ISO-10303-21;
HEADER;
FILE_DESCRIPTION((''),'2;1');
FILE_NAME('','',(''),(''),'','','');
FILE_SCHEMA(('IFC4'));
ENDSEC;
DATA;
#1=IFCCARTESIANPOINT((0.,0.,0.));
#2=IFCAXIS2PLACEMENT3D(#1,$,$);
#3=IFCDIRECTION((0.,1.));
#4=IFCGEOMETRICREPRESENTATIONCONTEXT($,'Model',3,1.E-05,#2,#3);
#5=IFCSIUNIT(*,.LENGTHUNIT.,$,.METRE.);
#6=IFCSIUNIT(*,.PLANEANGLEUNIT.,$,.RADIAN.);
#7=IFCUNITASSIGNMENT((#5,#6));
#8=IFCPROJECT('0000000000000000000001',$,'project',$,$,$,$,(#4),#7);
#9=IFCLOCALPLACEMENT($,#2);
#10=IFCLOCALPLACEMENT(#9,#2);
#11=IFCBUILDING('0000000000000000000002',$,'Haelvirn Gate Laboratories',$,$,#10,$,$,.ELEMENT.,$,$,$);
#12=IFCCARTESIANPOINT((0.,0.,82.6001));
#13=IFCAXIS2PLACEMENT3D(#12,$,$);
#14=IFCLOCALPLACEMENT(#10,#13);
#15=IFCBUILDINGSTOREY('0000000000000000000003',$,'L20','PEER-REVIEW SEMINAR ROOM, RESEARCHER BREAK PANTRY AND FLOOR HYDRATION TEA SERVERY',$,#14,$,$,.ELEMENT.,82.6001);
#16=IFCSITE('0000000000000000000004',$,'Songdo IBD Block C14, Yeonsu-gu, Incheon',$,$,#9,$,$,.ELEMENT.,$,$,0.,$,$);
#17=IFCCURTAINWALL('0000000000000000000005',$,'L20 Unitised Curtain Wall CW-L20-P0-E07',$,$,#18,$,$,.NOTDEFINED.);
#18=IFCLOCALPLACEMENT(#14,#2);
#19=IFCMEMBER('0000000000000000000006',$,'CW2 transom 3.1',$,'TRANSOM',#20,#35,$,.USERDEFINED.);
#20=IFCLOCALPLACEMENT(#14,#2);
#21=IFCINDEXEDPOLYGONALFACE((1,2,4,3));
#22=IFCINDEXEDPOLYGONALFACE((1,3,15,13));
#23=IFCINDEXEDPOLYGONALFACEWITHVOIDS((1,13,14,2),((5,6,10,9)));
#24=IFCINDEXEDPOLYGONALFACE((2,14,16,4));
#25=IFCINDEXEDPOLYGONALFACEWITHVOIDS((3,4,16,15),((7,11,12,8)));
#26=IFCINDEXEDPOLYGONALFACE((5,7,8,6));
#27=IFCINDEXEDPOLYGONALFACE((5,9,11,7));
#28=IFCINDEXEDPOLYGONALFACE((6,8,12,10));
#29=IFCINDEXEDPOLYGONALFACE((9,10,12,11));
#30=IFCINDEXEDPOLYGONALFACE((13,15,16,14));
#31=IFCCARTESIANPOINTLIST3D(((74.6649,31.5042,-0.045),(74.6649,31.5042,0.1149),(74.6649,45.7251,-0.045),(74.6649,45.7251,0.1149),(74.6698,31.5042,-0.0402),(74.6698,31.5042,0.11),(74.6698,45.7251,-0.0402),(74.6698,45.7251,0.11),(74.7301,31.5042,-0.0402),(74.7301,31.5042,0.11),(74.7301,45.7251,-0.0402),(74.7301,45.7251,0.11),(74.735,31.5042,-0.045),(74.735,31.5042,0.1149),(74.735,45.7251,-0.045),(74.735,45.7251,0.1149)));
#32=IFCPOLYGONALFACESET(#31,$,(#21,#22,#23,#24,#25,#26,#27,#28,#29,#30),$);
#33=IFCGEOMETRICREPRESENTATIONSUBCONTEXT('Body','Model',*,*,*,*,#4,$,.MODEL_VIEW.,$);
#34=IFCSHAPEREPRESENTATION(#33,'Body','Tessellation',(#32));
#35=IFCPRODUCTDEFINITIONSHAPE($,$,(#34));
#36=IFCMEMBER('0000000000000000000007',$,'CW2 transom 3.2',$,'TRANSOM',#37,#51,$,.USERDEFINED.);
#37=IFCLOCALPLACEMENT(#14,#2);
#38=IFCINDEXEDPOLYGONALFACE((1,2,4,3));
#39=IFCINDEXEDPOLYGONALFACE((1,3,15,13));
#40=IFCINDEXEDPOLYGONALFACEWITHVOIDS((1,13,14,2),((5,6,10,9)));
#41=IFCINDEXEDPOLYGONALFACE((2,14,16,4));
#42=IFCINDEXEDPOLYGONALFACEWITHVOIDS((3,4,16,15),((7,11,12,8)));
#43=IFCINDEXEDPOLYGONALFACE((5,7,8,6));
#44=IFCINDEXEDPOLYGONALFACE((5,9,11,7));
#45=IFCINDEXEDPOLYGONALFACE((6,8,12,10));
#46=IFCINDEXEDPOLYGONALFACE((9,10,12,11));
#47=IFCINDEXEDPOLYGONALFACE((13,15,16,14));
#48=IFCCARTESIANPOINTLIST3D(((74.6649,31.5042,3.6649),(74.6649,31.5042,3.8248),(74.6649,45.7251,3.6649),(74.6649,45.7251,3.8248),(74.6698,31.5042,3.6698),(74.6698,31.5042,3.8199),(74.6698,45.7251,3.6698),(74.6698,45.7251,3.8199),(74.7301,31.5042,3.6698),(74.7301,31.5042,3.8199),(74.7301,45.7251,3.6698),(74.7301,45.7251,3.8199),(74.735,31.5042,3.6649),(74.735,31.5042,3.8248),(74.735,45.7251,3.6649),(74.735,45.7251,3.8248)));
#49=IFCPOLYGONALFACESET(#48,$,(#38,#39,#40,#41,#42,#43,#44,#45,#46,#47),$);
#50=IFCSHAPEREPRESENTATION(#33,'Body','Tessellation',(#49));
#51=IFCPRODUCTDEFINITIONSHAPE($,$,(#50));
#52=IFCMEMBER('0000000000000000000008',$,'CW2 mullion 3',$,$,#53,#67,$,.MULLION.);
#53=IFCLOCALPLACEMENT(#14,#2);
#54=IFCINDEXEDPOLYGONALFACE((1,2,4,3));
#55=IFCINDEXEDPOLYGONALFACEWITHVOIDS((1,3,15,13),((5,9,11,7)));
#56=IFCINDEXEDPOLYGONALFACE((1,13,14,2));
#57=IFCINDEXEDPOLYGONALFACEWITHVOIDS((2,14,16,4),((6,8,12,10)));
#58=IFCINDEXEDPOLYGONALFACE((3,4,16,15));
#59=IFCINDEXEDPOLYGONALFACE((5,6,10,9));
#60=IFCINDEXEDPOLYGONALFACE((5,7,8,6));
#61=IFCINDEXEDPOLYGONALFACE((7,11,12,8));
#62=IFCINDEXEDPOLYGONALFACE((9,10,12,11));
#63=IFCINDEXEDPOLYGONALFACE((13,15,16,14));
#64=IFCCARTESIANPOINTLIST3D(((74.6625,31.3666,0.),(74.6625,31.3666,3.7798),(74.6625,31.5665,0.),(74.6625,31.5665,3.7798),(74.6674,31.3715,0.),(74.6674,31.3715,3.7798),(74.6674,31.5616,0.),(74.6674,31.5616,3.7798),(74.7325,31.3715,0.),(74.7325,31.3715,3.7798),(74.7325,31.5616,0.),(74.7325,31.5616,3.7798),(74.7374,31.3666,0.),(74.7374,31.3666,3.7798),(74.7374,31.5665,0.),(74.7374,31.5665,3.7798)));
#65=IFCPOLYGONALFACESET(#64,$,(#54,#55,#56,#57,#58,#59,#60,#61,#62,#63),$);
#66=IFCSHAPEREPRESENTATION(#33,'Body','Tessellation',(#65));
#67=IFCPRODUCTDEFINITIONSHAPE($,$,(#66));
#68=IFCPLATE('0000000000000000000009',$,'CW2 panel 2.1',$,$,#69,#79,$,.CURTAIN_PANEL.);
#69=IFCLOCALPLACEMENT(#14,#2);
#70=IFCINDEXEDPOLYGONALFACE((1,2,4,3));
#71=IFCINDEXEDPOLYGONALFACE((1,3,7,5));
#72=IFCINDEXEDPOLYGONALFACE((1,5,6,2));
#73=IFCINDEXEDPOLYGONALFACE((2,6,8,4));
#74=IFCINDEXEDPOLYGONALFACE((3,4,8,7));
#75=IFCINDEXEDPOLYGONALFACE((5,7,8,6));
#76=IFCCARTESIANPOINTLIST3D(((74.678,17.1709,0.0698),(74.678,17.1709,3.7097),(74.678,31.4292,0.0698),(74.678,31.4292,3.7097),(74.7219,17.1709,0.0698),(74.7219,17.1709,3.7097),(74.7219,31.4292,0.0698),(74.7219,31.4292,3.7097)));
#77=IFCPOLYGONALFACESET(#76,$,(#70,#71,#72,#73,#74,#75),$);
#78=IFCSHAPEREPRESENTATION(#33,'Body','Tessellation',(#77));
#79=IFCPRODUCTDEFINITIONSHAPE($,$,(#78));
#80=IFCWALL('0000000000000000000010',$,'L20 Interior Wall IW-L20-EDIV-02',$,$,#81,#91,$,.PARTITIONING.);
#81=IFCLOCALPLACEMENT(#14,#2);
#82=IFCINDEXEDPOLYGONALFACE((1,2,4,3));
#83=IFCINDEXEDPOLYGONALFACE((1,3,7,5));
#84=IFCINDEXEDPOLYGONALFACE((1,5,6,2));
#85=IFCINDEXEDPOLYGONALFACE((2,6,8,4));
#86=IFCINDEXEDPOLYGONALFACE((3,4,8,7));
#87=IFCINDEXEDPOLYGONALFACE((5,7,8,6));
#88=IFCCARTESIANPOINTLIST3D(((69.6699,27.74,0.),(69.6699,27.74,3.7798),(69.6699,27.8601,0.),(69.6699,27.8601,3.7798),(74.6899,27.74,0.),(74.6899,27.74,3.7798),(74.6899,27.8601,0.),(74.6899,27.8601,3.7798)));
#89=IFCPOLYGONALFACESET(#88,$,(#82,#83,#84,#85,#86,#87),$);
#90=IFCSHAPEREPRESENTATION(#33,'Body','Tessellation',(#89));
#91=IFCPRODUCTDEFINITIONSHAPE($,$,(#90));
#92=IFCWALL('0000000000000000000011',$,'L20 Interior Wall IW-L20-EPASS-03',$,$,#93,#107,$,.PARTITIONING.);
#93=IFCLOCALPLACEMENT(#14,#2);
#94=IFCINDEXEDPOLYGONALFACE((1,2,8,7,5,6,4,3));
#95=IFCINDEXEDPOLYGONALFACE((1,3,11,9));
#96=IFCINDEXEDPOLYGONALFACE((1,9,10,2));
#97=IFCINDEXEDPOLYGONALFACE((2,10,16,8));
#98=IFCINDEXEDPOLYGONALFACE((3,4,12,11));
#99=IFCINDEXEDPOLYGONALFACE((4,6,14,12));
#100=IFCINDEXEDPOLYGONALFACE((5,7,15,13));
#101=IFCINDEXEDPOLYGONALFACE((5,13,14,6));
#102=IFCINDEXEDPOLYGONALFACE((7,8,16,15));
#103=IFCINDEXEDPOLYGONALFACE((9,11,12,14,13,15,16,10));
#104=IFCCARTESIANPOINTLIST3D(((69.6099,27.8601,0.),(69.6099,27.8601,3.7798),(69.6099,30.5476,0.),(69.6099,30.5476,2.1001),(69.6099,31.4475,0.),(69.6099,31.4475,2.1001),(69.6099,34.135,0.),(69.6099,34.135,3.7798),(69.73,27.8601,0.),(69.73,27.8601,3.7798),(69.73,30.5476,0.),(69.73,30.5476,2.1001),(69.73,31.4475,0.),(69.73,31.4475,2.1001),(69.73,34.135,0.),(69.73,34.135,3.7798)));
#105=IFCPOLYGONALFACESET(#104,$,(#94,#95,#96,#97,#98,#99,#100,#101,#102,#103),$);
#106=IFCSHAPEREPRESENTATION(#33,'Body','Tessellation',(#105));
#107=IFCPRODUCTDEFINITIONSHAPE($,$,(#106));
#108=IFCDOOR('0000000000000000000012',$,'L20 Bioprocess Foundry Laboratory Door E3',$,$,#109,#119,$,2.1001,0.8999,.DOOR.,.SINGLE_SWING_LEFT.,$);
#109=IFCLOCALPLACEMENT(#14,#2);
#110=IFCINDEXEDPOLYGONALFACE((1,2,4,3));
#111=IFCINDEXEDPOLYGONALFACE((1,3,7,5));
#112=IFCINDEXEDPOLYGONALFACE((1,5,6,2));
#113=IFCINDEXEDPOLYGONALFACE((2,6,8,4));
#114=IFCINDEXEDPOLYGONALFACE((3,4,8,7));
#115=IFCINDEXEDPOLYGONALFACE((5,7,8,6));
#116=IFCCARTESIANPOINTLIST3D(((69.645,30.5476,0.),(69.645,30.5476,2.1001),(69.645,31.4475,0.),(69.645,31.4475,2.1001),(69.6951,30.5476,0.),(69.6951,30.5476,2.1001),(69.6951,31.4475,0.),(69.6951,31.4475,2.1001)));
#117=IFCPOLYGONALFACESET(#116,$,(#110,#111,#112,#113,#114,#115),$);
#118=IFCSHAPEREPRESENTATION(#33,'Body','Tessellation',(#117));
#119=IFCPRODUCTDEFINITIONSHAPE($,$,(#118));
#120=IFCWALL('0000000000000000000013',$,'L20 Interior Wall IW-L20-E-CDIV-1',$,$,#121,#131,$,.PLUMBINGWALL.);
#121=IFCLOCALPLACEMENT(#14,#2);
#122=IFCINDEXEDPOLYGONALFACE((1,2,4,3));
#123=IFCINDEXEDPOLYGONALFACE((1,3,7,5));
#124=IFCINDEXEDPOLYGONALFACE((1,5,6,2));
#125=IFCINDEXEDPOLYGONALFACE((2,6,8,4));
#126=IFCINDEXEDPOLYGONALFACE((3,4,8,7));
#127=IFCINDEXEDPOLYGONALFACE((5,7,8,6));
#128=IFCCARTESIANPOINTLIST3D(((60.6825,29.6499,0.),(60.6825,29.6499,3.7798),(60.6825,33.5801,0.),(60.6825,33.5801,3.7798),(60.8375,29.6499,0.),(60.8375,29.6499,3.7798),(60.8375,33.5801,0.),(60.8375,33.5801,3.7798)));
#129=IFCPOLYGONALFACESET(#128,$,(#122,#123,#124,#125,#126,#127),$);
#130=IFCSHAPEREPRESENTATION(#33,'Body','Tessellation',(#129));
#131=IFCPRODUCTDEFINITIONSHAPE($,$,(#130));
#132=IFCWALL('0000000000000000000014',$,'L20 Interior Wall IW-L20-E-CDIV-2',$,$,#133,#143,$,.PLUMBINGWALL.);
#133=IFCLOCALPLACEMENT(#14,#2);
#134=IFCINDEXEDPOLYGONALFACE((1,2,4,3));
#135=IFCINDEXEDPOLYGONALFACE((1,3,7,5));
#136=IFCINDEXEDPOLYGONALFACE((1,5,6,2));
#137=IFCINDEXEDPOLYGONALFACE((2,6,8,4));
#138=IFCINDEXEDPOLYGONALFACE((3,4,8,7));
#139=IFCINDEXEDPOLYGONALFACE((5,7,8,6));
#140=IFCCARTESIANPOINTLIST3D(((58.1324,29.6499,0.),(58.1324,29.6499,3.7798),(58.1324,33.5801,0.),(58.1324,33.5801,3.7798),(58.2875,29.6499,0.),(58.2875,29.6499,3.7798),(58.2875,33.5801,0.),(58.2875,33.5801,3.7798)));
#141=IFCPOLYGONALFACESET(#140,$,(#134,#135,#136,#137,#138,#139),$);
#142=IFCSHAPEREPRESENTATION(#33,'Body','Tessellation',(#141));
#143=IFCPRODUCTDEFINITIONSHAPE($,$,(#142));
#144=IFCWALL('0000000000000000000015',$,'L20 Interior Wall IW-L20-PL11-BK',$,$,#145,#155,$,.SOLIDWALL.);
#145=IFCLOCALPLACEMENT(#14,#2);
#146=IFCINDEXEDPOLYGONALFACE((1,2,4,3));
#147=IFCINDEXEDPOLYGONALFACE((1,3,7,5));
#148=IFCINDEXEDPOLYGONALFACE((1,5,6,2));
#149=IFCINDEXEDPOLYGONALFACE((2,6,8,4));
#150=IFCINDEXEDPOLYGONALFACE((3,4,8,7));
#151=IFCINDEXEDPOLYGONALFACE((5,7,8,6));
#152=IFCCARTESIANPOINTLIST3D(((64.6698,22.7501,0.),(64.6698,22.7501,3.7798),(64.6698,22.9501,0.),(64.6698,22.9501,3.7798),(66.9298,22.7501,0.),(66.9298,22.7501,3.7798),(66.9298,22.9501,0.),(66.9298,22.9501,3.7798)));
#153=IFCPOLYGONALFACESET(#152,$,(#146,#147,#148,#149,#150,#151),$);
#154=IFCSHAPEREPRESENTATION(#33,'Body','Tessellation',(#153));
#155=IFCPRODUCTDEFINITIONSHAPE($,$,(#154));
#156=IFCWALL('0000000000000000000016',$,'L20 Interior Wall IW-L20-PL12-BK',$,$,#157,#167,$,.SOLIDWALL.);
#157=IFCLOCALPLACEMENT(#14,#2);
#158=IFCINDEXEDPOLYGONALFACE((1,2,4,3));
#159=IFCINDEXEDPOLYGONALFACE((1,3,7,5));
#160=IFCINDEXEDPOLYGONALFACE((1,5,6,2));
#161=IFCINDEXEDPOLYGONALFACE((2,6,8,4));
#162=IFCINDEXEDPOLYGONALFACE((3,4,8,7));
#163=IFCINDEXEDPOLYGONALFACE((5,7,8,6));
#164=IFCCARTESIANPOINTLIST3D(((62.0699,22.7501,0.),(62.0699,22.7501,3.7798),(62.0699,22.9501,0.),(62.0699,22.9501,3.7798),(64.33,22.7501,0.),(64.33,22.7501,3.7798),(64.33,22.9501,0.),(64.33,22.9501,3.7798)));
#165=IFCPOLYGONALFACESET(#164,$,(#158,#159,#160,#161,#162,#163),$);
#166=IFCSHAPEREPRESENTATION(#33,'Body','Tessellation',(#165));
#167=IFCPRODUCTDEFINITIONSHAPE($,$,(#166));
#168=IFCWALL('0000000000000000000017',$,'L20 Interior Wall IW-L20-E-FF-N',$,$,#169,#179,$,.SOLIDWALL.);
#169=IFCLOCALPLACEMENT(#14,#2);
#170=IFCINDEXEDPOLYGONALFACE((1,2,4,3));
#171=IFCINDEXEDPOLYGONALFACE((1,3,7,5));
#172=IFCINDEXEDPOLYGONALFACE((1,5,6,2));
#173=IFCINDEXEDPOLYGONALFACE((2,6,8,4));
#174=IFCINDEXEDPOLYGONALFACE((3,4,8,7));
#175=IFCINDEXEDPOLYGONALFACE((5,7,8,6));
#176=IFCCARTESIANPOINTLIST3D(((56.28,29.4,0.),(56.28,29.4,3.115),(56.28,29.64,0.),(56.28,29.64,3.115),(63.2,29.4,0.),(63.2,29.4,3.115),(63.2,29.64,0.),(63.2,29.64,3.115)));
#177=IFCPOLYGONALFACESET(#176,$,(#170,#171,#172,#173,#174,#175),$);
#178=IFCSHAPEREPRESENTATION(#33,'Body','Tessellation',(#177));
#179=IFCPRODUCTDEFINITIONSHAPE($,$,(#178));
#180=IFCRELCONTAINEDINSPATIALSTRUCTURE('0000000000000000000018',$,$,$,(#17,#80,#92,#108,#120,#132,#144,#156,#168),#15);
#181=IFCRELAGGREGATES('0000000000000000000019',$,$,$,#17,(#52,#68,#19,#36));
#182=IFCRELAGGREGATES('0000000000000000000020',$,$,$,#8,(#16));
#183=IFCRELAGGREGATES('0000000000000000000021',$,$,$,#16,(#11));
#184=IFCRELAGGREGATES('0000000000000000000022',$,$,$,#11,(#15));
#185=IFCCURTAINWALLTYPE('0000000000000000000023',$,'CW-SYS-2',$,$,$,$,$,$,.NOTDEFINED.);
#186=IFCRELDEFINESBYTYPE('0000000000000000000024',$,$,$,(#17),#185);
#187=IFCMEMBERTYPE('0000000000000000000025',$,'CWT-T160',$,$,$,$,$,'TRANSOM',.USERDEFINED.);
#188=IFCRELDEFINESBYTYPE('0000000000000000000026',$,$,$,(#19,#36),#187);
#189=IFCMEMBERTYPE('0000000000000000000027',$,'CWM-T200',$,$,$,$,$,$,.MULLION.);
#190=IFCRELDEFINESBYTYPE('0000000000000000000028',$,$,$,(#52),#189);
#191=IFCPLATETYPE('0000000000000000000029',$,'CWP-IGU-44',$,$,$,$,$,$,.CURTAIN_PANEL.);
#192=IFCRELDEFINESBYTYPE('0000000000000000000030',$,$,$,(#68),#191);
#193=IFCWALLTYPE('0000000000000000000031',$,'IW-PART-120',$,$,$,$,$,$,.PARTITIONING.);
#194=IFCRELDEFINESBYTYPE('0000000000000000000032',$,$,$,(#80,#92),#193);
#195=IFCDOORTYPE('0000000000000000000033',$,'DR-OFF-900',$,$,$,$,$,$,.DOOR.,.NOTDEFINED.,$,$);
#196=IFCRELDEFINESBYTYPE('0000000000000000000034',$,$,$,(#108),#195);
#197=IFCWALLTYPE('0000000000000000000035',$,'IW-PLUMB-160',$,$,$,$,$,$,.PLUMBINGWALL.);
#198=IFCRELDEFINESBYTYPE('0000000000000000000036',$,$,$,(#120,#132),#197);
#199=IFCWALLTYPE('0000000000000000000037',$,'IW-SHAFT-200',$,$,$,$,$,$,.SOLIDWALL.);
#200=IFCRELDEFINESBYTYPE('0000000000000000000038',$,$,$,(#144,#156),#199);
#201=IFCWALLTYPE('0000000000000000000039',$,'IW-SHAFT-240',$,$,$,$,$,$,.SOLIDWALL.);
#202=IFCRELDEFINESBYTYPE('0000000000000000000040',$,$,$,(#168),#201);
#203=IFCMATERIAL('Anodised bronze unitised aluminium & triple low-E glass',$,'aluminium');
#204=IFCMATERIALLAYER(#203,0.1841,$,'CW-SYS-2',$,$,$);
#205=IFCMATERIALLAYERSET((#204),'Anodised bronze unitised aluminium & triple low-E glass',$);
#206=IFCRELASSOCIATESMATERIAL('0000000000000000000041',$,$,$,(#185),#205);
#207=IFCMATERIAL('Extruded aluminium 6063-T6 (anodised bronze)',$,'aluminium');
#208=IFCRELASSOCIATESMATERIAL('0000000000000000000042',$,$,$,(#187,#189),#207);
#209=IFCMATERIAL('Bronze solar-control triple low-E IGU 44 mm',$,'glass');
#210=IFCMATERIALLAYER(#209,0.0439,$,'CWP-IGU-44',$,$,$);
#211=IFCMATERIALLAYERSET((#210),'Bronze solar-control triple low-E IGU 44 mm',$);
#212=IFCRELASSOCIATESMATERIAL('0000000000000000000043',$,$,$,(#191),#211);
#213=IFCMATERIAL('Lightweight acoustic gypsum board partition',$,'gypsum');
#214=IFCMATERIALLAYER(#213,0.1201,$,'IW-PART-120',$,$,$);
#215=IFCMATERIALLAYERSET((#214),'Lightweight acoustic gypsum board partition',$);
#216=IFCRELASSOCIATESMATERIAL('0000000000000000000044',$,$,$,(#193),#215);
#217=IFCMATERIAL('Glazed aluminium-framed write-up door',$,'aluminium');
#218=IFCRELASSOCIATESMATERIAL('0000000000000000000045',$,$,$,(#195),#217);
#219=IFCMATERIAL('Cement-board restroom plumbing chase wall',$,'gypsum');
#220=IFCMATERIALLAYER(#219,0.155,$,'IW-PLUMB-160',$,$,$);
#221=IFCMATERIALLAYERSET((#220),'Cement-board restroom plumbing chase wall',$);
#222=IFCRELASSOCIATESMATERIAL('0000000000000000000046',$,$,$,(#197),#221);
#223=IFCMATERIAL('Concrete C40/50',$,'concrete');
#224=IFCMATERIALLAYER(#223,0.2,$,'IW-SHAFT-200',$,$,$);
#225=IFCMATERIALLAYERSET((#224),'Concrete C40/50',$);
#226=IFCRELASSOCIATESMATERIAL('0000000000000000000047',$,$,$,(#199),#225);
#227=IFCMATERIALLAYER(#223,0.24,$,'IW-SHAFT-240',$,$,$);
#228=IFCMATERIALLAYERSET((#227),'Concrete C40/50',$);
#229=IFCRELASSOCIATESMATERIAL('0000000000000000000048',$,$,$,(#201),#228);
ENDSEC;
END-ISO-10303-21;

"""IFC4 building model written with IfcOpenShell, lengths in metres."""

from ifc_helpers import new_model, si_unit, direction, frame, frame_2d, origin, origin_2d, place, context, subcontext, project, spatial, rectangle, hollow_rectangle, extrude, source, transform, mapped, material, layer, layer_set, material_profile, profile_set, type_object, type_shapes, element, fill, aggregate, save


model = new_model("IFC4")

# Units and contexts
model_context = context("Model", 3, precision=1e-05, world=origin(), true_north=direction((0.0, 1.0)))
body_context = subcontext(model_context, "Body", "Model", "MODEL_VIEW")
ifc_project = project(units=[si_unit("LENGTHUNIT", "METRE"), si_unit("PLANEANGLEUNIT", "RADIAN")], contexts=[model_context])

# Site, building, storey
site_placement = place(None, origin())
site = spatial("IfcSite", under=ifc_project, at=site_placement, Name="Songdo IBD Block C14, Yeonsu-gu, Incheon", CompositionType="ELEMENT", RefElevation=0.0)
building_placement = place(site_placement, origin())
building = spatial("IfcBuilding", under=site, at=building_placement, Name="Haelvirn Gate Laboratories", CompositionType="ELEMENT")
storey_placement = place(building_placement, frame((0.0, 0.0, 82.6001)))
storey = spatial("IfcBuildingStorey", under=building, at=storey_placement, Name="L20", Description="PEER-REVIEW SEMINAR ROOM, RESEARCHER BREAK PANTRY AND FLOOR HYDRATION TEA SERVERY", CompositionType="ELEMENT", Elevation=82.6001)

# Curtain wall, members, plate
ifc_material_1 = material(Name="Anodised bronze unitised aluminium & triple low-E glass", Category="aluminium")
ifc_layer_1 = layer(ifc_material_1, 0.1841, Name="CW-SYS-2")
ifc_layer_set_1 = layer_set([ifc_layer_1], Name="Anodised bronze unitised aluminium & triple low-E glass")
curtain_wall_type = type_object("IfcCurtainWallType", Name="CW-SYS-2", PredefinedType="NOTDEFINED", material=ifc_layer_set_1)
curtain_wall_placement = place(storey_placement, origin())
curtain_wall = element("IfcCurtainWall", 1, at=curtain_wall_placement, inside=storey, type_object=curtain_wall_type, Name="L20 Unitised Curtain Wall CW-L20-P0-E07", PredefinedType="NOTDEFINED")
ifc_material_2 = material(Name="Extruded aluminium 6063-T6 (anodised bronze)", Category="aluminium")
ifc_material_profile_1 = material_profile(ifc_material_2, hollow_rectangle(XDim=0.0701, YDim=0.1599, WallThickness=0.0049, at=origin_2d()), Name="CWT-160x70x5")
ifc_profile_set_1 = profile_set([ifc_material_profile_1], Name="Extruded aluminium 6063-T6 (anodised bronze)")
member_type_1 = type_object("IfcMemberType", Name="CWT-T160", ElementType="TRANSOM", PredefinedType="USERDEFINED", material=ifc_profile_set_1)
shared_shape_1 = source(origin(), body_context, "Body", "SweptSolid", [
    extrude(hollow_rectangle(XDim=0.0701, YDim=0.1599, WallThickness=0.0049, at=origin_2d()), origin(), (0.0, 0.0, 1.0), 14.2209),
])
type_shapes(member_type_1, [shared_shape_1])
member_1_placement = place(storey_placement, frame((74.7, 31.5042, 0.0349), z_axis=(0.0, 1.0, 0.0), x_axis=(-1.0, 0.0, 0.0)))
member_1 = element("IfcMember", 2, at=member_1_placement, type_object=member_type_1, Name="CW2 transom 3.1", ObjectType="TRANSOM", PredefinedType="USERDEFINED", context=body_context, shape_type="MappedRepresentation", body=[
    mapped(shared_shape_1, transform((0.0, 0.0, 0.0), scale=1.0)),
])
member_2_placement = place(storey_placement, frame((74.7, 31.5042, 3.7449), z_axis=(0.0, 1.0, 0.0), x_axis=(-1.0, 0.0, 0.0)))
member_2 = element("IfcMember", 3, at=member_2_placement, type_object=member_type_1, Name="CW2 transom 3.2", ObjectType="TRANSOM", PredefinedType="USERDEFINED", context=body_context, shape_type="MappedRepresentation", body=[
    mapped(shared_shape_1, transform((0.0, 0.0, 0.0), scale=1.0)),
])
ifc_material_profile_2 = material_profile(ifc_material_2, hollow_rectangle(XDim=0.075, YDim=0.2, WallThickness=0.0049, at=origin_2d()), Name="CWM-200x75x5")
ifc_profile_set_2 = profile_set([ifc_material_profile_2], Name="Extruded aluminium 6063-T6 (anodised bronze)")
member_type_2 = type_object("IfcMemberType", Name="CWM-T200", PredefinedType="MULLION", material=ifc_profile_set_2)
shared_shape_2 = source(origin(), body_context, "Body", "SweptSolid", [
    extrude(hollow_rectangle(XDim=0.075, YDim=0.2, WallThickness=0.0049, at=origin_2d()), origin(), (0.0, 0.0, 1.0), 3.7798),
])
type_shapes(member_type_2, [shared_shape_2])
member_3_placement = place(storey_placement, frame((74.7, 31.4666, 0.0), z_axis=(0.0, 0.0, 1.0), x_axis=(-1.0, 0.0, 0.0)))
member_3 = element("IfcMember", 4, at=member_3_placement, type_object=member_type_2, Name="CW2 mullion 3", PredefinedType="MULLION", context=body_context, shape_type="MappedRepresentation", body=[
    mapped(shared_shape_2, transform((0.0, 0.0, 0.0), scale=1.0)),
])
ifc_material_3 = material(Name="Bronze solar-control triple low-E IGU 44 mm", Category="glass")
ifc_layer_2 = layer(ifc_material_3, 0.0439, Name="CWP-IGU-44")
ifc_layer_set_2 = layer_set([ifc_layer_2], Name="Bronze solar-control triple low-E IGU 44 mm")
plate_type = type_object("IfcPlateType", Name="CWP-IGU-44", PredefinedType="CURTAIN_PANEL", material=ifc_layer_set_2)
shared_shape_3 = source(origin(), body_context, "Body", "SweptSolid", [
    extrude(rectangle(XDim=14.2583, YDim=0.0439, at=origin_2d()), origin(), (0.0, 0.0, 1.0), 3.6399),
])
type_shapes(plate_type, [shared_shape_3])
plate_placement = place(storey_placement, frame((74.7, 24.3, 0.0698), z_axis=(0.0, 0.0, 1.0), x_axis=(0.0, 1.0, 0.0)))
plate = element("IfcPlate", 5, at=plate_placement, type_object=plate_type, Name="CW2 panel 2.1", PredefinedType="CURTAIN_PANEL", context=body_context, shape_type="MappedRepresentation", body=[
    mapped(shared_shape_3, transform((0.0, 0.0, 0.0), scale=1.0)),
])
aggregate(curtain_wall, [member_3, plate, member_1, member_2])

# Wall
ifc_material_4 = material(Name="Lightweight acoustic gypsum board partition", Category="gypsum")
ifc_layer_3 = layer(ifc_material_4, 0.1201, Name="IW-PART-120")
ifc_layer_set_3 = layer_set([ifc_layer_3], Name="Lightweight acoustic gypsum board partition")
wall_type_1 = type_object("IfcWallType", Name="IW-PART-120", PredefinedType="PARTITIONING", material=ifc_layer_set_3)
wall_1_placement = place(storey_placement, frame((69.6699, 27.8, 0.0), z_axis=(0.0, 0.0, 1.0), x_axis=(1.0, 0.0, 0.0)))
element("IfcWall", 6, at=wall_1_placement, inside=storey, type_object=wall_type_1, Name="L20 Interior Wall IW-L20-EDIV-02", PredefinedType="PARTITIONING", context=body_context, shape_type="SweptSolid", body=[
    extrude(rectangle(XDim=5.02, YDim=0.1201, at=frame_2d((2.51, 0.0))), origin(), (0.0, 0.0, 1.0), 3.7798),
])

# Wall, opening, door
wall_2_placement = place(storey_placement, frame((69.6699, 27.8601, 0.0), z_axis=(0.0, 0.0, 1.0), x_axis=(0.0, 1.0, 0.0)))
wall_2 = element("IfcWall", 7, at=wall_2_placement, inside=storey, type_object=wall_type_1, Name="L20 Interior Wall IW-L20-EPASS-03", PredefinedType="PARTITIONING", context=body_context, shape_type="SweptSolid", body=[
    extrude(rectangle(XDim=6.2749, YDim=0.1201, at=frame_2d((3.1375, 0.0))), origin(), (0.0, 0.0, 1.0), 3.7798),
])
opening_1_placement = place(wall_2_placement, frame((2.6875, 0.0, 0.0)))
opening_1 = element("IfcOpeningElement", 8, at=opening_1_placement, cuts=wall_2, PredefinedType="OPENING", context=body_context, shape_type="SweptSolid", body=[
    extrude(rectangle(XDim=0.8999, YDim=2.1001, at=frame_2d((0.45, 1.05))), frame((0.0, 0.0701, 0.0), z_axis=(0.0, -1.0, 0.0), x_axis=(1.0, 0.0, 0.0)), (0.0, 0.0, 1.0), 0.1401),
])
ifc_material_5 = material(Name="Glazed aluminium-framed write-up door", Category="aluminium")
door_type_1 = type_object("IfcDoorType", Name="DR-OFF-900", OperationType="NOTDEFINED", PredefinedType="DOOR", material=ifc_material_5)
shared_shape_4 = source(origin(), body_context, "Body", "SweptSolid", [
    extrude(rectangle(XDim=0.8999, YDim=2.1001, at=frame_2d((0.45, 1.05))), frame((0.0, 0.0249, 0.0), z_axis=(0.0, -1.0, 0.0), x_axis=(1.0, 0.0, 0.0)), (0.0, 0.0, 1.0), 0.05),
])
type_shapes(door_type_1, [shared_shape_4])
door_1_placement = place(opening_1_placement, origin())
door_1 = element("IfcDoor", 9, at=door_1_placement, inside=storey, type_object=door_type_1, Name="L20 Bioprocess Foundry Laboratory Door E3", OperationType="SINGLE_SWING_LEFT", OverallHeight=2.1001, OverallWidth=0.8999, PredefinedType="DOOR", context=body_context, shape_type="MappedRepresentation", body=[
    mapped(shared_shape_4, transform((0.0, 0.0, 0.0), scale=1.0)),
])
fill(opening_1, door_1)

# Walls
ifc_material_6 = material(Name="Cement-board restroom plumbing chase wall", Category="gypsum")
ifc_layer_4 = layer(ifc_material_6, 0.155, Name="IW-PLUMB-160")
ifc_layer_set_4 = layer_set([ifc_layer_4], Name="Cement-board restroom plumbing chase wall")
wall_type_2 = type_object("IfcWallType", Name="IW-PLUMB-160", PredefinedType="PLUMBINGWALL", material=ifc_layer_set_4)
for number, where, z_axis, x_axis, name in (
    (10, (60.76, 29.6499, 0.0), (0.0, 0.0, 1.0), (0.0, 1.0, 0.0), "L20 Interior Wall IW-L20-E-CDIV-1"),
    (11, (58.21, 29.6499, 0.0), (0.0, 0.0, 1.0), (0.0, 1.0, 0.0), "L20 Interior Wall IW-L20-E-CDIV-2"),
):
    element("IfcWall", number, at=place(storey_placement, frame(where, z_axis=z_axis, x_axis=x_axis)), inside=storey, type_object=wall_type_2, Name=name, PredefinedType="PLUMBINGWALL", context=body_context, shape_type="SweptSolid", body=[
        extrude(rectangle(XDim=3.9302, YDim=0.155, at=frame_2d((1.9651, 0.0))), origin(), (0.0, 0.0, 1.0), 3.7798),
    ])
ifc_material_7 = material(Name="Concrete C40/50", Category="concrete")
ifc_layer_5 = layer(ifc_material_7, 0.2, Name="IW-SHAFT-200")
ifc_layer_set_5 = layer_set([ifc_layer_5], Name="Concrete C40/50")
wall_type_3 = type_object("IfcWallType", Name="IW-SHAFT-200", PredefinedType="SOLIDWALL", material=ifc_layer_set_5)
for number, where, z_axis, x_axis, name in (
    (12, (64.6699, 22.8501, 0.0), (0.0, 0.0, 1.0), (1.0, 0.0, 0.0), "L20 Interior Wall IW-L20-PL11-BK"),
    (13, (62.0701, 22.8501, 0.0), (0.0, 0.0, 1.0), (1.0, 0.0, 0.0), "L20 Interior Wall IW-L20-PL12-BK"),
):
    element("IfcWall", number, at=place(storey_placement, frame(where, z_axis=z_axis, x_axis=x_axis)), inside=storey, type_object=wall_type_3, Name=name, PredefinedType="SOLIDWALL", context=body_context, shape_type="SweptSolid", body=[
        extrude(rectangle(XDim=2.26, YDim=0.2, at=frame_2d((1.1299, 0.0))), origin(), (0.0, 0.0, 1.0), 3.7798),
    ])
ifc_layer_6 = layer(ifc_material_7, 0.24, Name="IW-SHAFT-240")
ifc_layer_set_6 = layer_set([ifc_layer_6], Name="Concrete C40/50")
wall_type_4 = type_object("IfcWallType", Name="IW-SHAFT-240", PredefinedType="SOLIDWALL", material=ifc_layer_set_6)
wall_3_placement = place(storey_placement, frame((56.28, 29.52, 0.0), z_axis=(0.0, 0.0, 1.0), x_axis=(1.0, 0.0, 0.0)))
element("IfcWall", 14, at=wall_3_placement, inside=storey, type_object=wall_type_4, Name="L20 Interior Wall IW-L20-E-FF-N", PredefinedType="SOLIDWALL", context=body_context, shape_type="SweptSolid", body=[
    extrude(rectangle(XDim=6.9199, YDim=0.24, at=frame_2d((3.46, 0.0))), origin(), (0.0, 0.0, 1.0), 3.115),
])

save(model, "model.ifc")
